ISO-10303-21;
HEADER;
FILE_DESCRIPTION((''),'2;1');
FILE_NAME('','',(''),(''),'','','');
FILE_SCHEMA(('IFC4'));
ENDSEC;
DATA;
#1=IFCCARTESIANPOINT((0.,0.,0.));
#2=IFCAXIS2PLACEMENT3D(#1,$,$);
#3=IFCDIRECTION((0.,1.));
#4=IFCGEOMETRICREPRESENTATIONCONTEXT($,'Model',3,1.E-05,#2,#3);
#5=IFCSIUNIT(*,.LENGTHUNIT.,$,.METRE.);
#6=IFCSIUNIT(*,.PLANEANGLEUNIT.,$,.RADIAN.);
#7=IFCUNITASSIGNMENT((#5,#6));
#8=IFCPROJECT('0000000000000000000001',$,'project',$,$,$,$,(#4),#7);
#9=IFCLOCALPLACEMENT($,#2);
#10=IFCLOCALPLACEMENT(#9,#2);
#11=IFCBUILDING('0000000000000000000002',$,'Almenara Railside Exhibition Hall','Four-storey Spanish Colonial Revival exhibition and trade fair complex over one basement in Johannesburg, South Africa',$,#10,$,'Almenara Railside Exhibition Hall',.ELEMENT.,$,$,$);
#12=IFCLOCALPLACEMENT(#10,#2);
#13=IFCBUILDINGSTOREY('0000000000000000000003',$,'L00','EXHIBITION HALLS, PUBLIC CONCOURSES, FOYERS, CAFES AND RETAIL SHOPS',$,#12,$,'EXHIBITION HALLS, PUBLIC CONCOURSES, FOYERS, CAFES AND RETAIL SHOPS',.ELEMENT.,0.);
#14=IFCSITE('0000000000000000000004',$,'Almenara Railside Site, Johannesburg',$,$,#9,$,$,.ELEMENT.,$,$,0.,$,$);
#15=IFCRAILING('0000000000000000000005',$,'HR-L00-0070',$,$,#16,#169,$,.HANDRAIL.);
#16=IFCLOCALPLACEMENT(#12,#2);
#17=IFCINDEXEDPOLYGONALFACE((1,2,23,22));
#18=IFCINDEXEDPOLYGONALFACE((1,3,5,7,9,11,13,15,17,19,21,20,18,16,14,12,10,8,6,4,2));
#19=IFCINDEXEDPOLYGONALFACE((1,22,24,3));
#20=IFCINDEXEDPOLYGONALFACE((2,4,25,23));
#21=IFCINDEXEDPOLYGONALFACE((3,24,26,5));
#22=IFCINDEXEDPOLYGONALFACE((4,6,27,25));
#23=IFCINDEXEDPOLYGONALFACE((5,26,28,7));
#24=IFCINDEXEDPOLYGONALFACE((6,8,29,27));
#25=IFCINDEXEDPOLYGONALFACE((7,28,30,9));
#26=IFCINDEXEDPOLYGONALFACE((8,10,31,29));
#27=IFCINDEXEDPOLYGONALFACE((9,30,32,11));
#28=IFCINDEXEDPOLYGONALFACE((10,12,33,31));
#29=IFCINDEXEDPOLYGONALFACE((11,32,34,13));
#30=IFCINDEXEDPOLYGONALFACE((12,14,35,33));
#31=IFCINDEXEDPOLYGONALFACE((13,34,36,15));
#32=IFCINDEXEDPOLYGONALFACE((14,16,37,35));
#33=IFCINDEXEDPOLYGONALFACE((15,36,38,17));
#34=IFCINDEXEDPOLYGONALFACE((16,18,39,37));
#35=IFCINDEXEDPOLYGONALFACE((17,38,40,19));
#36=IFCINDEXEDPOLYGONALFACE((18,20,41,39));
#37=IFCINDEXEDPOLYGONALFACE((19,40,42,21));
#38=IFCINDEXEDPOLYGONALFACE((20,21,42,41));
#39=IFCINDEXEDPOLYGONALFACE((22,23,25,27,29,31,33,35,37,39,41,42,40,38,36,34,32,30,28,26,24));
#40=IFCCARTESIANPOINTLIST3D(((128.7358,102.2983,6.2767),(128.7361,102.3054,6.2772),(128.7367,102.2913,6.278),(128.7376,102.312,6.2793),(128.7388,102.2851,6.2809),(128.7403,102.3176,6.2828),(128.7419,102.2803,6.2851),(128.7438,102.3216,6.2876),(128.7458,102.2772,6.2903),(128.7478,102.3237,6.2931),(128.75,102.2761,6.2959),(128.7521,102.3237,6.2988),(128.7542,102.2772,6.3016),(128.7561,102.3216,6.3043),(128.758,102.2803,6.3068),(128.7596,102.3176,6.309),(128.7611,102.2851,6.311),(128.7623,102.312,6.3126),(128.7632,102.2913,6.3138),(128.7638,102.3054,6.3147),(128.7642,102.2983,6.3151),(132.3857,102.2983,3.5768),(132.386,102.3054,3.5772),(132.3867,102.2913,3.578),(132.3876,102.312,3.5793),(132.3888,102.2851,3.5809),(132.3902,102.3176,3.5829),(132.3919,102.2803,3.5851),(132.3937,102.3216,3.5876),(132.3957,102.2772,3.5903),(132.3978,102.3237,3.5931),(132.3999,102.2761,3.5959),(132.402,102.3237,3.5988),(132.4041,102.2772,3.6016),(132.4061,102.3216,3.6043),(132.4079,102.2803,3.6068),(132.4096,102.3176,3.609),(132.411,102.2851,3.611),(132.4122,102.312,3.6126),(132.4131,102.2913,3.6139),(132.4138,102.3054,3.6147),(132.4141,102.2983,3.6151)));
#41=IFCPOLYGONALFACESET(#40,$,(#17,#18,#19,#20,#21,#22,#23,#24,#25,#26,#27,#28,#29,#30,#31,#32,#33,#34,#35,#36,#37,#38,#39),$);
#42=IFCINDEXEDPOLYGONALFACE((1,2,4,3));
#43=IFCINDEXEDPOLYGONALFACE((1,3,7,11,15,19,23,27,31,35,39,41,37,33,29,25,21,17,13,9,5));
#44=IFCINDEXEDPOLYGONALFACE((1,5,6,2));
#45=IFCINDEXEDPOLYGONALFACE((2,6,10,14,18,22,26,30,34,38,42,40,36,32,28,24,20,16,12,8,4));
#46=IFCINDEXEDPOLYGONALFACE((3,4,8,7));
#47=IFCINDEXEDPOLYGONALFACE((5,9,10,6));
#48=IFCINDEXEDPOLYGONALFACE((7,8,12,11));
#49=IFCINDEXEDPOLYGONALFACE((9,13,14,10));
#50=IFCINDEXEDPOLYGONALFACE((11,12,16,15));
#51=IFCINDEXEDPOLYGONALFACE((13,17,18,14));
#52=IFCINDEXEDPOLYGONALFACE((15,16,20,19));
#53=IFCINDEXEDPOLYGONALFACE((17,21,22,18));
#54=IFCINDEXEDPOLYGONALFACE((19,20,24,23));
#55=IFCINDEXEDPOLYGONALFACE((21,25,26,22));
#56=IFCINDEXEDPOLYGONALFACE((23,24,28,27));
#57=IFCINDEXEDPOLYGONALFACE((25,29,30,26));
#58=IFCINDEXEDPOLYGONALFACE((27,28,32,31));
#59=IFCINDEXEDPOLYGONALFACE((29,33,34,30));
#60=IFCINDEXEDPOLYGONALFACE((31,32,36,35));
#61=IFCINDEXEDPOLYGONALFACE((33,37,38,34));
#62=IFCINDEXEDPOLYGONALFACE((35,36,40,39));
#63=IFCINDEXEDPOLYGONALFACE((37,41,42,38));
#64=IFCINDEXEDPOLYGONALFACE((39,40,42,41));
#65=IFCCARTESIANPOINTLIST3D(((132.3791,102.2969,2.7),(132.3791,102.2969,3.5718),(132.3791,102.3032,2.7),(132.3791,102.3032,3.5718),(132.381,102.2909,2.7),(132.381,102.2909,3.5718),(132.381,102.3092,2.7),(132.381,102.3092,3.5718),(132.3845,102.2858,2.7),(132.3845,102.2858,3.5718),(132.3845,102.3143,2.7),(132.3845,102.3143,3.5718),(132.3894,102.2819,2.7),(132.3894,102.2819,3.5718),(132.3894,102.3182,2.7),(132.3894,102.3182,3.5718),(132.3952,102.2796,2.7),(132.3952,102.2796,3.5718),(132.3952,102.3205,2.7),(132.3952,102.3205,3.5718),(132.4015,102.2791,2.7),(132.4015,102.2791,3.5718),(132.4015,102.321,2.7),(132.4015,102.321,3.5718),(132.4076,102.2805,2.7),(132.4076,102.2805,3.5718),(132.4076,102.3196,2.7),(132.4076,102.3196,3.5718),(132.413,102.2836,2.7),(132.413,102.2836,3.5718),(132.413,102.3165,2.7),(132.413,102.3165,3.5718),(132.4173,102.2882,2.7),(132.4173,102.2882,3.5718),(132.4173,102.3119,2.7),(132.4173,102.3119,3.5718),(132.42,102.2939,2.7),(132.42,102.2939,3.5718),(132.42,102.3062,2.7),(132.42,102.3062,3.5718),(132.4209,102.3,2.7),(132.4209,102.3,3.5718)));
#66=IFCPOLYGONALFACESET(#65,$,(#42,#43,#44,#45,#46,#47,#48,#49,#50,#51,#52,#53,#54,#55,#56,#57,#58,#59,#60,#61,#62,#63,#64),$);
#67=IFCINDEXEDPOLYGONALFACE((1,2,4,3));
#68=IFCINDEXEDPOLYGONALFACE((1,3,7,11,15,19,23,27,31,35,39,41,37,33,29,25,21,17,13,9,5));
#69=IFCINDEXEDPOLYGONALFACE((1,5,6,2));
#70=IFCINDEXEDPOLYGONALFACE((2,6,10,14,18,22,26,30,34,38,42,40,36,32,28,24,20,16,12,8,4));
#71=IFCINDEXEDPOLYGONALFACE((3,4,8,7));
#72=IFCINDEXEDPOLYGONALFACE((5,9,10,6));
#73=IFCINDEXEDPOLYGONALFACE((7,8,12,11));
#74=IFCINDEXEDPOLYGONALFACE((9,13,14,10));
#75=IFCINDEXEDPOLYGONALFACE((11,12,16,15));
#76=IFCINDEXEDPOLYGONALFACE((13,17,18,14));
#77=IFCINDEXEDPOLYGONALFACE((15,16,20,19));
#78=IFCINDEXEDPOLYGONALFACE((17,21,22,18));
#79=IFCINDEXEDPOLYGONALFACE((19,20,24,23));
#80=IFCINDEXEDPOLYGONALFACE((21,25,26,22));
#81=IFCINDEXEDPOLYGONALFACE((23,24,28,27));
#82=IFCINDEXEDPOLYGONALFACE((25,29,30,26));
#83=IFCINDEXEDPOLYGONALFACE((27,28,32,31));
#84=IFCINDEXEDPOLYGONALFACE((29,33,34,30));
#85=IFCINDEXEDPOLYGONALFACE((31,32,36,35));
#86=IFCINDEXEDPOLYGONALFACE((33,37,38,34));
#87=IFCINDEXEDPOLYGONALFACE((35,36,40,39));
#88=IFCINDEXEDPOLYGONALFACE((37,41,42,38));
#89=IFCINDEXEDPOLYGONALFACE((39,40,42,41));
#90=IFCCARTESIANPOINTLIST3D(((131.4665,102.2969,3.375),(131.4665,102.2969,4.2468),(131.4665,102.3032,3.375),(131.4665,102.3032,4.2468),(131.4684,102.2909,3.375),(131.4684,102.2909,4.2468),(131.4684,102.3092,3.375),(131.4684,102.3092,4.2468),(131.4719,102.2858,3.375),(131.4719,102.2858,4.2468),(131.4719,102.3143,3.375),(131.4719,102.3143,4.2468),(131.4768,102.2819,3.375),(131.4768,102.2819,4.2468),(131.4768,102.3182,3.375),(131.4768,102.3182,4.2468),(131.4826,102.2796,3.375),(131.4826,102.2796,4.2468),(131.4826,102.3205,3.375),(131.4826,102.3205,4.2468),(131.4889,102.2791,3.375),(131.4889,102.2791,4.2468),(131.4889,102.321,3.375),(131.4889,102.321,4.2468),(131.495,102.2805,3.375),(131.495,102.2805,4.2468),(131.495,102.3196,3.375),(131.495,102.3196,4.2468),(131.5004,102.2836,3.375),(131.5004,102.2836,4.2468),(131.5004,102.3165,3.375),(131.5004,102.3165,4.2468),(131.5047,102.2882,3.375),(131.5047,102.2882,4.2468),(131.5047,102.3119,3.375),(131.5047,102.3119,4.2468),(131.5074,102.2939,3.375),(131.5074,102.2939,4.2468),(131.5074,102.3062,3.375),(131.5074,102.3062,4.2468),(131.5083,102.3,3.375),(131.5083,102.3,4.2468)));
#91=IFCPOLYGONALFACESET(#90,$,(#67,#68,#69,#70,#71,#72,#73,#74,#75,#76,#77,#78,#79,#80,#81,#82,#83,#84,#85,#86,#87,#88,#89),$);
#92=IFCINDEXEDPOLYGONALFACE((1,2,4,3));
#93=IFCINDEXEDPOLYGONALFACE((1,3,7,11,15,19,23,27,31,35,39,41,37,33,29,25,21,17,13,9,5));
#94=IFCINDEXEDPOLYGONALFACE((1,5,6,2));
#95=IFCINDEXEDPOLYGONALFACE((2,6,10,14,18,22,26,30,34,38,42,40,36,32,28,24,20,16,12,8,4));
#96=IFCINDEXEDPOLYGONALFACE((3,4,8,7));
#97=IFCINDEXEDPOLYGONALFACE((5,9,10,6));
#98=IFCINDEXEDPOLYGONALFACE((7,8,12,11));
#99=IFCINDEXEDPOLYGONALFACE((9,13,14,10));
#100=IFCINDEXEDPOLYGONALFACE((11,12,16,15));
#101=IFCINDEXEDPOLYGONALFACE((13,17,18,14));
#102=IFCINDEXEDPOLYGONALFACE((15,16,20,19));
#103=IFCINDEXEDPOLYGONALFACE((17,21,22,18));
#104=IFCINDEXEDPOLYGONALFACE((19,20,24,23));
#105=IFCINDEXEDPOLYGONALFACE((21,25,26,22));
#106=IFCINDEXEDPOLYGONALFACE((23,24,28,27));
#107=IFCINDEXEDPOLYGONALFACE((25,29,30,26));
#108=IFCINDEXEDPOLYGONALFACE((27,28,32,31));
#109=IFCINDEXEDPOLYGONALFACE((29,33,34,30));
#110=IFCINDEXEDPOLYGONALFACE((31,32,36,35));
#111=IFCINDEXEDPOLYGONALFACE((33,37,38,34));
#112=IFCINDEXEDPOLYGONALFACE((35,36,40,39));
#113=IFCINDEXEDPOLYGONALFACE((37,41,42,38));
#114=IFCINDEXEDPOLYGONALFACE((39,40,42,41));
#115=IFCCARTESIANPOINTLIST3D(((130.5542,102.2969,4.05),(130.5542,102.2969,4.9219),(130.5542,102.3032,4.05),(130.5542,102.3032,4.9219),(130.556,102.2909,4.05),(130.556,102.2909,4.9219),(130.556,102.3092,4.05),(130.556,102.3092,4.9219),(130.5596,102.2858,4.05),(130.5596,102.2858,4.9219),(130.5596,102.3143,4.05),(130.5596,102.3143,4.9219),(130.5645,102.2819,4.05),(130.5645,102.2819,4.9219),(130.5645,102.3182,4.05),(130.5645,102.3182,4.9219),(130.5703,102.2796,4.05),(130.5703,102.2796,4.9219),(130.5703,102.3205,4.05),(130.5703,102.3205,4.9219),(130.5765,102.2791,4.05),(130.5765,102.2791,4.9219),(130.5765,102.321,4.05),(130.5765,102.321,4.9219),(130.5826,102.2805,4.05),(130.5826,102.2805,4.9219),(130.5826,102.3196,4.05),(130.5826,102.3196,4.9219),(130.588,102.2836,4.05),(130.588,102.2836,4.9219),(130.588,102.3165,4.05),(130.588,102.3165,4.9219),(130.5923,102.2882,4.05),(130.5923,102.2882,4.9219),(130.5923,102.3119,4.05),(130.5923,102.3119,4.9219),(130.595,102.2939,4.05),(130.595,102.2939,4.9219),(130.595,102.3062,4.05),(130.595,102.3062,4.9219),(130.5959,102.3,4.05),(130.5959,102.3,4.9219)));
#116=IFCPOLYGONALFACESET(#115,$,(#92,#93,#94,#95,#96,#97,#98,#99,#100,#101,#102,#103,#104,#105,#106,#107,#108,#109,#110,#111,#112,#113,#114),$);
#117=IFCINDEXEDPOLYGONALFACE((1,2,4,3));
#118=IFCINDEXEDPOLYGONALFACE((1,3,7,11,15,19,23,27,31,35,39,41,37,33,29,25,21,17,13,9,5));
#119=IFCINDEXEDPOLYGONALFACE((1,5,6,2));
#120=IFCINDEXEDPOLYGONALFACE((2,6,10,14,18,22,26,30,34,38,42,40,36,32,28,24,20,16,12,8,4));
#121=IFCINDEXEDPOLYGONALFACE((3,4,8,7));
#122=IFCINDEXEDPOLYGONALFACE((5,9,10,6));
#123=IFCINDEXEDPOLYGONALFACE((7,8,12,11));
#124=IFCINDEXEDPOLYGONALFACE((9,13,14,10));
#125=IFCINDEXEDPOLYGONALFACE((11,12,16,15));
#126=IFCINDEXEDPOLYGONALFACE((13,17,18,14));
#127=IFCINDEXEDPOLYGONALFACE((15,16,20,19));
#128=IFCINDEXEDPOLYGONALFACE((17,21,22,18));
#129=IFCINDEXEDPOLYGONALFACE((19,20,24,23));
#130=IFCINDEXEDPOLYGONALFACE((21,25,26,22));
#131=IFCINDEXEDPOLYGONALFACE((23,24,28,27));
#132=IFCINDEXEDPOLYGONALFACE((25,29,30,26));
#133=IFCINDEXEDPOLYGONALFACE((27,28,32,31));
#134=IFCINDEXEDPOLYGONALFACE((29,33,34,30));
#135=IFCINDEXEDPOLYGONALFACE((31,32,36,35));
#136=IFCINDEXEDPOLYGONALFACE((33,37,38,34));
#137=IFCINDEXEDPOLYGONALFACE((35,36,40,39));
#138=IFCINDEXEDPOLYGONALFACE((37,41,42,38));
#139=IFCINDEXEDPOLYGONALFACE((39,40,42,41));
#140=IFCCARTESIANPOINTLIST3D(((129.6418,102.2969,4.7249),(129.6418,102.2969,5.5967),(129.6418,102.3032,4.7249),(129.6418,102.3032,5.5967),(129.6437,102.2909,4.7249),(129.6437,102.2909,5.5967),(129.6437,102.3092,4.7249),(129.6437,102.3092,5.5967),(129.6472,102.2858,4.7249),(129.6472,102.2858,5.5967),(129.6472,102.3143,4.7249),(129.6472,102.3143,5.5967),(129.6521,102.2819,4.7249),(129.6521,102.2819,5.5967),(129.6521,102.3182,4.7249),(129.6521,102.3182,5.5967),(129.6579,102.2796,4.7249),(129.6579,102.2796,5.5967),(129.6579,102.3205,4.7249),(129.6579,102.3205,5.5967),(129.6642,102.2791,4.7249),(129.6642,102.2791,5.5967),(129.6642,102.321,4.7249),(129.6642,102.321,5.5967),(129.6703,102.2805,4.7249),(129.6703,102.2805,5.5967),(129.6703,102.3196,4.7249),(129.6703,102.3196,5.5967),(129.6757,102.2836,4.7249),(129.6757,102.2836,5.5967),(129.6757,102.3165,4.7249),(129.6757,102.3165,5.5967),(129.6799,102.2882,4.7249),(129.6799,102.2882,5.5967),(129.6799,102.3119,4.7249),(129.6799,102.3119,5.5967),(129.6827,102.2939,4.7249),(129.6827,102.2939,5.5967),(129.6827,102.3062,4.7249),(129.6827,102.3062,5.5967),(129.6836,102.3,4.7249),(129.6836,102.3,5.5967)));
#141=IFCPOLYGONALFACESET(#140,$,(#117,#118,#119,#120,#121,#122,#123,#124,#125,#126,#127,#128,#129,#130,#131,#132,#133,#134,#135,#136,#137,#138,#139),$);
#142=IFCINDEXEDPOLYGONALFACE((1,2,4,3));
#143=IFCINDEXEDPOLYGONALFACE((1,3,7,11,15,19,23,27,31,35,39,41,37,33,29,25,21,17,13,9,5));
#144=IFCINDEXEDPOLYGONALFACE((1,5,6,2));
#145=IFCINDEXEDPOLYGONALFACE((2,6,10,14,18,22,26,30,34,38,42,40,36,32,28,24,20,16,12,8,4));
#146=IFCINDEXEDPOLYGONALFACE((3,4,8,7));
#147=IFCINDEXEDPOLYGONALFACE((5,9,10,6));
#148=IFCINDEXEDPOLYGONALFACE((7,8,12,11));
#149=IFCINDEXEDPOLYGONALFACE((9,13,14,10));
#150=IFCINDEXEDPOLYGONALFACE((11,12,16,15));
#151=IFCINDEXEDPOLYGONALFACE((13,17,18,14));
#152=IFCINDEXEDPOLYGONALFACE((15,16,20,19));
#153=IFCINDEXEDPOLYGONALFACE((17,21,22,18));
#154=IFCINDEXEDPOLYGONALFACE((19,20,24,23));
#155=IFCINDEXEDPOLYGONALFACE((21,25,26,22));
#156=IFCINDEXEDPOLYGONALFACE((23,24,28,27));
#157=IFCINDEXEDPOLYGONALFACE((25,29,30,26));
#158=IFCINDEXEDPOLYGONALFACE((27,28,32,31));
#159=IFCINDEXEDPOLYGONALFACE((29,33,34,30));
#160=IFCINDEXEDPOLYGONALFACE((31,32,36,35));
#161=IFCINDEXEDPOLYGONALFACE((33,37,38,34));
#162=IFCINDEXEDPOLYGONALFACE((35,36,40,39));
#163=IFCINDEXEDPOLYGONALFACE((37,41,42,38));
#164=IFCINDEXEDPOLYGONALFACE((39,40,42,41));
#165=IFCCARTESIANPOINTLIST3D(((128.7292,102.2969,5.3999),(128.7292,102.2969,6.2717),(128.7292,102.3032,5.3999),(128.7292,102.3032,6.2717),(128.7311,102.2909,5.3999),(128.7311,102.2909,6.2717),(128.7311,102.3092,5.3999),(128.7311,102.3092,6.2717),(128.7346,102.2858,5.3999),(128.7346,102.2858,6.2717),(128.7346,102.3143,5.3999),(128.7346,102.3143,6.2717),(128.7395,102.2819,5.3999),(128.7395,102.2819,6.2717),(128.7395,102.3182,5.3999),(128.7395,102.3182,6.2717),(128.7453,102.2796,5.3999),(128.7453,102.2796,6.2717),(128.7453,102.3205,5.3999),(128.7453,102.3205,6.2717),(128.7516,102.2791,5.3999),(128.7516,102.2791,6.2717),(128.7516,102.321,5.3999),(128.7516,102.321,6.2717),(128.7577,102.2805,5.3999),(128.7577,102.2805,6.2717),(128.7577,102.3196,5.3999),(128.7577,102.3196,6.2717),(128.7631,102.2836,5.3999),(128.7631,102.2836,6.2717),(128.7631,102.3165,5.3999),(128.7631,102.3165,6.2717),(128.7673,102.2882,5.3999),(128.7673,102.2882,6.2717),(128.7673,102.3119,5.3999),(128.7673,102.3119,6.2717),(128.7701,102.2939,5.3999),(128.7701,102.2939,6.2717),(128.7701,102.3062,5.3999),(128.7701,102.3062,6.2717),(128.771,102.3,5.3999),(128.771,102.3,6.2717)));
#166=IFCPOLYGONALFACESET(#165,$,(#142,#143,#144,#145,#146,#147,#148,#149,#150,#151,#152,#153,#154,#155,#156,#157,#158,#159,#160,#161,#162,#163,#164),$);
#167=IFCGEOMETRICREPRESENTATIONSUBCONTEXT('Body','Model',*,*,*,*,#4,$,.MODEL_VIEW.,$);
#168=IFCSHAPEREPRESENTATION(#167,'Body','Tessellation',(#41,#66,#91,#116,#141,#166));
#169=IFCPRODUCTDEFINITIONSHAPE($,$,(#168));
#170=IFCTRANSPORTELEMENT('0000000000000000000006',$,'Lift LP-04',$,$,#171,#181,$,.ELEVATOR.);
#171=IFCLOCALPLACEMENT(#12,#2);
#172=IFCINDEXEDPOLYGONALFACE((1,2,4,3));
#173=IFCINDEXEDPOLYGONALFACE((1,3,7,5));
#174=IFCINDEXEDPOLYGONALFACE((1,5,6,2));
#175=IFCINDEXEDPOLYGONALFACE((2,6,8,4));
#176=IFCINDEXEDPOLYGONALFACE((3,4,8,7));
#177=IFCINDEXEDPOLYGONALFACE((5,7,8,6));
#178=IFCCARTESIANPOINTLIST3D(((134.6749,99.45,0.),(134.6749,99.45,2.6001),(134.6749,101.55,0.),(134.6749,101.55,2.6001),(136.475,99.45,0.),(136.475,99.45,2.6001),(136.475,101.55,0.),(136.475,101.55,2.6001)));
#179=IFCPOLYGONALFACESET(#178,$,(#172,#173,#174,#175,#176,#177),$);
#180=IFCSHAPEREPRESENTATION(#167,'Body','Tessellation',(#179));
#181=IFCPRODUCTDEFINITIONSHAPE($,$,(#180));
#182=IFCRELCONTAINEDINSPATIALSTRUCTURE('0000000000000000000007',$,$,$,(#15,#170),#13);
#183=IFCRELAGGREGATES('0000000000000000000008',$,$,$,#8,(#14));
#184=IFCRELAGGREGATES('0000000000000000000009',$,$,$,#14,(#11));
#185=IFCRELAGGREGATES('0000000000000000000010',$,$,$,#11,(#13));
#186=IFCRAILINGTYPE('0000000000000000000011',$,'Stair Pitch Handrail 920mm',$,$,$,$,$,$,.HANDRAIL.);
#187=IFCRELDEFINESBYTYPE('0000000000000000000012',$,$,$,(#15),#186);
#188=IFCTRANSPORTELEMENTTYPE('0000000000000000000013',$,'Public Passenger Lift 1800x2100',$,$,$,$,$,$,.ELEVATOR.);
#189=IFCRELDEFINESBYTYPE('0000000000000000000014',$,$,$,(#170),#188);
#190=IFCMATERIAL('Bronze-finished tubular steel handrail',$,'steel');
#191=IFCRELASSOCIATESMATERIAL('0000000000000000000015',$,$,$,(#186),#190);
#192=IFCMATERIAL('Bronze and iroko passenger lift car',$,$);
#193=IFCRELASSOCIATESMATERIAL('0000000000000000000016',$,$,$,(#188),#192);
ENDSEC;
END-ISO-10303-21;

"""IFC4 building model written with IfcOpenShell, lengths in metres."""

from ifc_helpers import new_model, si_unit, direction, frame, origin, origin_2d, place, context, subcontext, project, spatial, rectangle, circle, extrude, material, type_object, element, save


model = new_model("IFC4")

# Units and contexts
model_context = context("Model", 3, precision=1e-05, world=origin(), true_north=direction((0.0, 1.0)))
body_context = subcontext(model_context, "Body", "Model", "MODEL_VIEW")
ifc_project = project(units=[si_unit("LENGTHUNIT", "METRE"), si_unit("PLANEANGLEUNIT", "RADIAN")], contexts=[model_context])

# Site, building, storey
site_placement = place(None, origin())
site = spatial("IfcSite", under=ifc_project, at=site_placement, Name="Almenara Railside Site, Johannesburg", CompositionType="ELEMENT", RefElevation=0.0)
building_placement = place(site_placement, origin())
building = spatial("IfcBuilding", under=site, at=building_placement, Name="Almenara Railside Exhibition Hall", Description="Four-storey Spanish Colonial Revival exhibition and trade fair complex over one basement in Johannesburg, South Africa", LongName="Almenara Railside Exhibition Hall", CompositionType="ELEMENT")
storey_placement = place(building_placement, origin())
storey = spatial("IfcBuildingStorey", under=building, at=storey_placement, Name="L00", Description="EXHIBITION HALLS, PUBLIC CONCOURSES, FOYERS, CAFES AND RETAIL SHOPS", LongName="EXHIBITION HALLS, PUBLIC CONCOURSES, FOYERS, CAFES AND RETAIL SHOPS", CompositionType="ELEMENT", Elevation=0.0)

# Railing
ifc_material_1 = material(Name="Bronze-finished tubular steel handrail", Category="steel")
railing_type_1 = type_object("IfcRailingType", Name="Stair Pitch Handrail 920mm", PredefinedType="HANDRAIL", material=ifc_material_1)
railing_1_placement = place(storey_placement, frame((132.3999, 102.3, 2.7)))
element("IfcRailing", 1, at=railing_1_placement, inside=storey, type_object=railing_type_1, Name="HR-L00-0070", PredefinedType="HANDRAIL", context=body_context, shape_type="SweptSolid", body=[
    extrude(circle(Radius=0.0239, at=origin_2d()), frame((0.0, 0.0, 0.896), z_axis=(-0.803945, 0.0, 0.594704), x_axis=(0.0, -1.0, 0.0)), (0.0, 0.0, 1.0), 4.54),
    extrude(circle(Radius=0.021, at=origin_2d()), origin(), (0.0, 0.0, 1.0), 0.8718),
    extrude(circle(Radius=0.021, at=origin_2d()), frame((-0.9126, 0.0, 0.675)), (0.0, 0.0, 1.0), 0.8718),
    extrude(circle(Radius=0.021, at=origin_2d()), frame((-1.825, 0.0, 1.3501)), (0.0, 0.0, 1.0), 0.8718),
    extrude(circle(Radius=0.021, at=origin_2d()), frame((-2.7373, 0.0, 2.0249)), (0.0, 0.0, 1.0), 0.8718),
    extrude(circle(Radius=0.021, at=origin_2d()), frame((-3.6499, 0.0, 2.7)), (0.0, 0.0, 1.0), 0.8718),
])

# Transport element
ifc_material_2 = material(Name="Bronze and iroko passenger lift car")
transport_element_type = type_object("IfcTransportElementType", Name="Public Passenger Lift 1800x2100", PredefinedType="ELEVATOR", material=ifc_material_2)
transport_element_placement = place(storey_placement, frame((135.575, 100.5, 0.0), z_axis=(0.0, 0.0, 1.0), x_axis=(1.0, 0.0, 0.0)))
element("IfcTransportElement", 2, at=transport_element_placement, inside=storey, type_object=transport_element_type, Name="Lift LP-04", PredefinedType="ELEVATOR", context=body_context, shape_type="SweptSolid", body=[
    extrude(rectangle(XDim=1.8, YDim=2.1001, at=origin_2d()), origin(), (0.0, 0.0, 1.0), 2.6001),
])

save(model, "model.ifc")
